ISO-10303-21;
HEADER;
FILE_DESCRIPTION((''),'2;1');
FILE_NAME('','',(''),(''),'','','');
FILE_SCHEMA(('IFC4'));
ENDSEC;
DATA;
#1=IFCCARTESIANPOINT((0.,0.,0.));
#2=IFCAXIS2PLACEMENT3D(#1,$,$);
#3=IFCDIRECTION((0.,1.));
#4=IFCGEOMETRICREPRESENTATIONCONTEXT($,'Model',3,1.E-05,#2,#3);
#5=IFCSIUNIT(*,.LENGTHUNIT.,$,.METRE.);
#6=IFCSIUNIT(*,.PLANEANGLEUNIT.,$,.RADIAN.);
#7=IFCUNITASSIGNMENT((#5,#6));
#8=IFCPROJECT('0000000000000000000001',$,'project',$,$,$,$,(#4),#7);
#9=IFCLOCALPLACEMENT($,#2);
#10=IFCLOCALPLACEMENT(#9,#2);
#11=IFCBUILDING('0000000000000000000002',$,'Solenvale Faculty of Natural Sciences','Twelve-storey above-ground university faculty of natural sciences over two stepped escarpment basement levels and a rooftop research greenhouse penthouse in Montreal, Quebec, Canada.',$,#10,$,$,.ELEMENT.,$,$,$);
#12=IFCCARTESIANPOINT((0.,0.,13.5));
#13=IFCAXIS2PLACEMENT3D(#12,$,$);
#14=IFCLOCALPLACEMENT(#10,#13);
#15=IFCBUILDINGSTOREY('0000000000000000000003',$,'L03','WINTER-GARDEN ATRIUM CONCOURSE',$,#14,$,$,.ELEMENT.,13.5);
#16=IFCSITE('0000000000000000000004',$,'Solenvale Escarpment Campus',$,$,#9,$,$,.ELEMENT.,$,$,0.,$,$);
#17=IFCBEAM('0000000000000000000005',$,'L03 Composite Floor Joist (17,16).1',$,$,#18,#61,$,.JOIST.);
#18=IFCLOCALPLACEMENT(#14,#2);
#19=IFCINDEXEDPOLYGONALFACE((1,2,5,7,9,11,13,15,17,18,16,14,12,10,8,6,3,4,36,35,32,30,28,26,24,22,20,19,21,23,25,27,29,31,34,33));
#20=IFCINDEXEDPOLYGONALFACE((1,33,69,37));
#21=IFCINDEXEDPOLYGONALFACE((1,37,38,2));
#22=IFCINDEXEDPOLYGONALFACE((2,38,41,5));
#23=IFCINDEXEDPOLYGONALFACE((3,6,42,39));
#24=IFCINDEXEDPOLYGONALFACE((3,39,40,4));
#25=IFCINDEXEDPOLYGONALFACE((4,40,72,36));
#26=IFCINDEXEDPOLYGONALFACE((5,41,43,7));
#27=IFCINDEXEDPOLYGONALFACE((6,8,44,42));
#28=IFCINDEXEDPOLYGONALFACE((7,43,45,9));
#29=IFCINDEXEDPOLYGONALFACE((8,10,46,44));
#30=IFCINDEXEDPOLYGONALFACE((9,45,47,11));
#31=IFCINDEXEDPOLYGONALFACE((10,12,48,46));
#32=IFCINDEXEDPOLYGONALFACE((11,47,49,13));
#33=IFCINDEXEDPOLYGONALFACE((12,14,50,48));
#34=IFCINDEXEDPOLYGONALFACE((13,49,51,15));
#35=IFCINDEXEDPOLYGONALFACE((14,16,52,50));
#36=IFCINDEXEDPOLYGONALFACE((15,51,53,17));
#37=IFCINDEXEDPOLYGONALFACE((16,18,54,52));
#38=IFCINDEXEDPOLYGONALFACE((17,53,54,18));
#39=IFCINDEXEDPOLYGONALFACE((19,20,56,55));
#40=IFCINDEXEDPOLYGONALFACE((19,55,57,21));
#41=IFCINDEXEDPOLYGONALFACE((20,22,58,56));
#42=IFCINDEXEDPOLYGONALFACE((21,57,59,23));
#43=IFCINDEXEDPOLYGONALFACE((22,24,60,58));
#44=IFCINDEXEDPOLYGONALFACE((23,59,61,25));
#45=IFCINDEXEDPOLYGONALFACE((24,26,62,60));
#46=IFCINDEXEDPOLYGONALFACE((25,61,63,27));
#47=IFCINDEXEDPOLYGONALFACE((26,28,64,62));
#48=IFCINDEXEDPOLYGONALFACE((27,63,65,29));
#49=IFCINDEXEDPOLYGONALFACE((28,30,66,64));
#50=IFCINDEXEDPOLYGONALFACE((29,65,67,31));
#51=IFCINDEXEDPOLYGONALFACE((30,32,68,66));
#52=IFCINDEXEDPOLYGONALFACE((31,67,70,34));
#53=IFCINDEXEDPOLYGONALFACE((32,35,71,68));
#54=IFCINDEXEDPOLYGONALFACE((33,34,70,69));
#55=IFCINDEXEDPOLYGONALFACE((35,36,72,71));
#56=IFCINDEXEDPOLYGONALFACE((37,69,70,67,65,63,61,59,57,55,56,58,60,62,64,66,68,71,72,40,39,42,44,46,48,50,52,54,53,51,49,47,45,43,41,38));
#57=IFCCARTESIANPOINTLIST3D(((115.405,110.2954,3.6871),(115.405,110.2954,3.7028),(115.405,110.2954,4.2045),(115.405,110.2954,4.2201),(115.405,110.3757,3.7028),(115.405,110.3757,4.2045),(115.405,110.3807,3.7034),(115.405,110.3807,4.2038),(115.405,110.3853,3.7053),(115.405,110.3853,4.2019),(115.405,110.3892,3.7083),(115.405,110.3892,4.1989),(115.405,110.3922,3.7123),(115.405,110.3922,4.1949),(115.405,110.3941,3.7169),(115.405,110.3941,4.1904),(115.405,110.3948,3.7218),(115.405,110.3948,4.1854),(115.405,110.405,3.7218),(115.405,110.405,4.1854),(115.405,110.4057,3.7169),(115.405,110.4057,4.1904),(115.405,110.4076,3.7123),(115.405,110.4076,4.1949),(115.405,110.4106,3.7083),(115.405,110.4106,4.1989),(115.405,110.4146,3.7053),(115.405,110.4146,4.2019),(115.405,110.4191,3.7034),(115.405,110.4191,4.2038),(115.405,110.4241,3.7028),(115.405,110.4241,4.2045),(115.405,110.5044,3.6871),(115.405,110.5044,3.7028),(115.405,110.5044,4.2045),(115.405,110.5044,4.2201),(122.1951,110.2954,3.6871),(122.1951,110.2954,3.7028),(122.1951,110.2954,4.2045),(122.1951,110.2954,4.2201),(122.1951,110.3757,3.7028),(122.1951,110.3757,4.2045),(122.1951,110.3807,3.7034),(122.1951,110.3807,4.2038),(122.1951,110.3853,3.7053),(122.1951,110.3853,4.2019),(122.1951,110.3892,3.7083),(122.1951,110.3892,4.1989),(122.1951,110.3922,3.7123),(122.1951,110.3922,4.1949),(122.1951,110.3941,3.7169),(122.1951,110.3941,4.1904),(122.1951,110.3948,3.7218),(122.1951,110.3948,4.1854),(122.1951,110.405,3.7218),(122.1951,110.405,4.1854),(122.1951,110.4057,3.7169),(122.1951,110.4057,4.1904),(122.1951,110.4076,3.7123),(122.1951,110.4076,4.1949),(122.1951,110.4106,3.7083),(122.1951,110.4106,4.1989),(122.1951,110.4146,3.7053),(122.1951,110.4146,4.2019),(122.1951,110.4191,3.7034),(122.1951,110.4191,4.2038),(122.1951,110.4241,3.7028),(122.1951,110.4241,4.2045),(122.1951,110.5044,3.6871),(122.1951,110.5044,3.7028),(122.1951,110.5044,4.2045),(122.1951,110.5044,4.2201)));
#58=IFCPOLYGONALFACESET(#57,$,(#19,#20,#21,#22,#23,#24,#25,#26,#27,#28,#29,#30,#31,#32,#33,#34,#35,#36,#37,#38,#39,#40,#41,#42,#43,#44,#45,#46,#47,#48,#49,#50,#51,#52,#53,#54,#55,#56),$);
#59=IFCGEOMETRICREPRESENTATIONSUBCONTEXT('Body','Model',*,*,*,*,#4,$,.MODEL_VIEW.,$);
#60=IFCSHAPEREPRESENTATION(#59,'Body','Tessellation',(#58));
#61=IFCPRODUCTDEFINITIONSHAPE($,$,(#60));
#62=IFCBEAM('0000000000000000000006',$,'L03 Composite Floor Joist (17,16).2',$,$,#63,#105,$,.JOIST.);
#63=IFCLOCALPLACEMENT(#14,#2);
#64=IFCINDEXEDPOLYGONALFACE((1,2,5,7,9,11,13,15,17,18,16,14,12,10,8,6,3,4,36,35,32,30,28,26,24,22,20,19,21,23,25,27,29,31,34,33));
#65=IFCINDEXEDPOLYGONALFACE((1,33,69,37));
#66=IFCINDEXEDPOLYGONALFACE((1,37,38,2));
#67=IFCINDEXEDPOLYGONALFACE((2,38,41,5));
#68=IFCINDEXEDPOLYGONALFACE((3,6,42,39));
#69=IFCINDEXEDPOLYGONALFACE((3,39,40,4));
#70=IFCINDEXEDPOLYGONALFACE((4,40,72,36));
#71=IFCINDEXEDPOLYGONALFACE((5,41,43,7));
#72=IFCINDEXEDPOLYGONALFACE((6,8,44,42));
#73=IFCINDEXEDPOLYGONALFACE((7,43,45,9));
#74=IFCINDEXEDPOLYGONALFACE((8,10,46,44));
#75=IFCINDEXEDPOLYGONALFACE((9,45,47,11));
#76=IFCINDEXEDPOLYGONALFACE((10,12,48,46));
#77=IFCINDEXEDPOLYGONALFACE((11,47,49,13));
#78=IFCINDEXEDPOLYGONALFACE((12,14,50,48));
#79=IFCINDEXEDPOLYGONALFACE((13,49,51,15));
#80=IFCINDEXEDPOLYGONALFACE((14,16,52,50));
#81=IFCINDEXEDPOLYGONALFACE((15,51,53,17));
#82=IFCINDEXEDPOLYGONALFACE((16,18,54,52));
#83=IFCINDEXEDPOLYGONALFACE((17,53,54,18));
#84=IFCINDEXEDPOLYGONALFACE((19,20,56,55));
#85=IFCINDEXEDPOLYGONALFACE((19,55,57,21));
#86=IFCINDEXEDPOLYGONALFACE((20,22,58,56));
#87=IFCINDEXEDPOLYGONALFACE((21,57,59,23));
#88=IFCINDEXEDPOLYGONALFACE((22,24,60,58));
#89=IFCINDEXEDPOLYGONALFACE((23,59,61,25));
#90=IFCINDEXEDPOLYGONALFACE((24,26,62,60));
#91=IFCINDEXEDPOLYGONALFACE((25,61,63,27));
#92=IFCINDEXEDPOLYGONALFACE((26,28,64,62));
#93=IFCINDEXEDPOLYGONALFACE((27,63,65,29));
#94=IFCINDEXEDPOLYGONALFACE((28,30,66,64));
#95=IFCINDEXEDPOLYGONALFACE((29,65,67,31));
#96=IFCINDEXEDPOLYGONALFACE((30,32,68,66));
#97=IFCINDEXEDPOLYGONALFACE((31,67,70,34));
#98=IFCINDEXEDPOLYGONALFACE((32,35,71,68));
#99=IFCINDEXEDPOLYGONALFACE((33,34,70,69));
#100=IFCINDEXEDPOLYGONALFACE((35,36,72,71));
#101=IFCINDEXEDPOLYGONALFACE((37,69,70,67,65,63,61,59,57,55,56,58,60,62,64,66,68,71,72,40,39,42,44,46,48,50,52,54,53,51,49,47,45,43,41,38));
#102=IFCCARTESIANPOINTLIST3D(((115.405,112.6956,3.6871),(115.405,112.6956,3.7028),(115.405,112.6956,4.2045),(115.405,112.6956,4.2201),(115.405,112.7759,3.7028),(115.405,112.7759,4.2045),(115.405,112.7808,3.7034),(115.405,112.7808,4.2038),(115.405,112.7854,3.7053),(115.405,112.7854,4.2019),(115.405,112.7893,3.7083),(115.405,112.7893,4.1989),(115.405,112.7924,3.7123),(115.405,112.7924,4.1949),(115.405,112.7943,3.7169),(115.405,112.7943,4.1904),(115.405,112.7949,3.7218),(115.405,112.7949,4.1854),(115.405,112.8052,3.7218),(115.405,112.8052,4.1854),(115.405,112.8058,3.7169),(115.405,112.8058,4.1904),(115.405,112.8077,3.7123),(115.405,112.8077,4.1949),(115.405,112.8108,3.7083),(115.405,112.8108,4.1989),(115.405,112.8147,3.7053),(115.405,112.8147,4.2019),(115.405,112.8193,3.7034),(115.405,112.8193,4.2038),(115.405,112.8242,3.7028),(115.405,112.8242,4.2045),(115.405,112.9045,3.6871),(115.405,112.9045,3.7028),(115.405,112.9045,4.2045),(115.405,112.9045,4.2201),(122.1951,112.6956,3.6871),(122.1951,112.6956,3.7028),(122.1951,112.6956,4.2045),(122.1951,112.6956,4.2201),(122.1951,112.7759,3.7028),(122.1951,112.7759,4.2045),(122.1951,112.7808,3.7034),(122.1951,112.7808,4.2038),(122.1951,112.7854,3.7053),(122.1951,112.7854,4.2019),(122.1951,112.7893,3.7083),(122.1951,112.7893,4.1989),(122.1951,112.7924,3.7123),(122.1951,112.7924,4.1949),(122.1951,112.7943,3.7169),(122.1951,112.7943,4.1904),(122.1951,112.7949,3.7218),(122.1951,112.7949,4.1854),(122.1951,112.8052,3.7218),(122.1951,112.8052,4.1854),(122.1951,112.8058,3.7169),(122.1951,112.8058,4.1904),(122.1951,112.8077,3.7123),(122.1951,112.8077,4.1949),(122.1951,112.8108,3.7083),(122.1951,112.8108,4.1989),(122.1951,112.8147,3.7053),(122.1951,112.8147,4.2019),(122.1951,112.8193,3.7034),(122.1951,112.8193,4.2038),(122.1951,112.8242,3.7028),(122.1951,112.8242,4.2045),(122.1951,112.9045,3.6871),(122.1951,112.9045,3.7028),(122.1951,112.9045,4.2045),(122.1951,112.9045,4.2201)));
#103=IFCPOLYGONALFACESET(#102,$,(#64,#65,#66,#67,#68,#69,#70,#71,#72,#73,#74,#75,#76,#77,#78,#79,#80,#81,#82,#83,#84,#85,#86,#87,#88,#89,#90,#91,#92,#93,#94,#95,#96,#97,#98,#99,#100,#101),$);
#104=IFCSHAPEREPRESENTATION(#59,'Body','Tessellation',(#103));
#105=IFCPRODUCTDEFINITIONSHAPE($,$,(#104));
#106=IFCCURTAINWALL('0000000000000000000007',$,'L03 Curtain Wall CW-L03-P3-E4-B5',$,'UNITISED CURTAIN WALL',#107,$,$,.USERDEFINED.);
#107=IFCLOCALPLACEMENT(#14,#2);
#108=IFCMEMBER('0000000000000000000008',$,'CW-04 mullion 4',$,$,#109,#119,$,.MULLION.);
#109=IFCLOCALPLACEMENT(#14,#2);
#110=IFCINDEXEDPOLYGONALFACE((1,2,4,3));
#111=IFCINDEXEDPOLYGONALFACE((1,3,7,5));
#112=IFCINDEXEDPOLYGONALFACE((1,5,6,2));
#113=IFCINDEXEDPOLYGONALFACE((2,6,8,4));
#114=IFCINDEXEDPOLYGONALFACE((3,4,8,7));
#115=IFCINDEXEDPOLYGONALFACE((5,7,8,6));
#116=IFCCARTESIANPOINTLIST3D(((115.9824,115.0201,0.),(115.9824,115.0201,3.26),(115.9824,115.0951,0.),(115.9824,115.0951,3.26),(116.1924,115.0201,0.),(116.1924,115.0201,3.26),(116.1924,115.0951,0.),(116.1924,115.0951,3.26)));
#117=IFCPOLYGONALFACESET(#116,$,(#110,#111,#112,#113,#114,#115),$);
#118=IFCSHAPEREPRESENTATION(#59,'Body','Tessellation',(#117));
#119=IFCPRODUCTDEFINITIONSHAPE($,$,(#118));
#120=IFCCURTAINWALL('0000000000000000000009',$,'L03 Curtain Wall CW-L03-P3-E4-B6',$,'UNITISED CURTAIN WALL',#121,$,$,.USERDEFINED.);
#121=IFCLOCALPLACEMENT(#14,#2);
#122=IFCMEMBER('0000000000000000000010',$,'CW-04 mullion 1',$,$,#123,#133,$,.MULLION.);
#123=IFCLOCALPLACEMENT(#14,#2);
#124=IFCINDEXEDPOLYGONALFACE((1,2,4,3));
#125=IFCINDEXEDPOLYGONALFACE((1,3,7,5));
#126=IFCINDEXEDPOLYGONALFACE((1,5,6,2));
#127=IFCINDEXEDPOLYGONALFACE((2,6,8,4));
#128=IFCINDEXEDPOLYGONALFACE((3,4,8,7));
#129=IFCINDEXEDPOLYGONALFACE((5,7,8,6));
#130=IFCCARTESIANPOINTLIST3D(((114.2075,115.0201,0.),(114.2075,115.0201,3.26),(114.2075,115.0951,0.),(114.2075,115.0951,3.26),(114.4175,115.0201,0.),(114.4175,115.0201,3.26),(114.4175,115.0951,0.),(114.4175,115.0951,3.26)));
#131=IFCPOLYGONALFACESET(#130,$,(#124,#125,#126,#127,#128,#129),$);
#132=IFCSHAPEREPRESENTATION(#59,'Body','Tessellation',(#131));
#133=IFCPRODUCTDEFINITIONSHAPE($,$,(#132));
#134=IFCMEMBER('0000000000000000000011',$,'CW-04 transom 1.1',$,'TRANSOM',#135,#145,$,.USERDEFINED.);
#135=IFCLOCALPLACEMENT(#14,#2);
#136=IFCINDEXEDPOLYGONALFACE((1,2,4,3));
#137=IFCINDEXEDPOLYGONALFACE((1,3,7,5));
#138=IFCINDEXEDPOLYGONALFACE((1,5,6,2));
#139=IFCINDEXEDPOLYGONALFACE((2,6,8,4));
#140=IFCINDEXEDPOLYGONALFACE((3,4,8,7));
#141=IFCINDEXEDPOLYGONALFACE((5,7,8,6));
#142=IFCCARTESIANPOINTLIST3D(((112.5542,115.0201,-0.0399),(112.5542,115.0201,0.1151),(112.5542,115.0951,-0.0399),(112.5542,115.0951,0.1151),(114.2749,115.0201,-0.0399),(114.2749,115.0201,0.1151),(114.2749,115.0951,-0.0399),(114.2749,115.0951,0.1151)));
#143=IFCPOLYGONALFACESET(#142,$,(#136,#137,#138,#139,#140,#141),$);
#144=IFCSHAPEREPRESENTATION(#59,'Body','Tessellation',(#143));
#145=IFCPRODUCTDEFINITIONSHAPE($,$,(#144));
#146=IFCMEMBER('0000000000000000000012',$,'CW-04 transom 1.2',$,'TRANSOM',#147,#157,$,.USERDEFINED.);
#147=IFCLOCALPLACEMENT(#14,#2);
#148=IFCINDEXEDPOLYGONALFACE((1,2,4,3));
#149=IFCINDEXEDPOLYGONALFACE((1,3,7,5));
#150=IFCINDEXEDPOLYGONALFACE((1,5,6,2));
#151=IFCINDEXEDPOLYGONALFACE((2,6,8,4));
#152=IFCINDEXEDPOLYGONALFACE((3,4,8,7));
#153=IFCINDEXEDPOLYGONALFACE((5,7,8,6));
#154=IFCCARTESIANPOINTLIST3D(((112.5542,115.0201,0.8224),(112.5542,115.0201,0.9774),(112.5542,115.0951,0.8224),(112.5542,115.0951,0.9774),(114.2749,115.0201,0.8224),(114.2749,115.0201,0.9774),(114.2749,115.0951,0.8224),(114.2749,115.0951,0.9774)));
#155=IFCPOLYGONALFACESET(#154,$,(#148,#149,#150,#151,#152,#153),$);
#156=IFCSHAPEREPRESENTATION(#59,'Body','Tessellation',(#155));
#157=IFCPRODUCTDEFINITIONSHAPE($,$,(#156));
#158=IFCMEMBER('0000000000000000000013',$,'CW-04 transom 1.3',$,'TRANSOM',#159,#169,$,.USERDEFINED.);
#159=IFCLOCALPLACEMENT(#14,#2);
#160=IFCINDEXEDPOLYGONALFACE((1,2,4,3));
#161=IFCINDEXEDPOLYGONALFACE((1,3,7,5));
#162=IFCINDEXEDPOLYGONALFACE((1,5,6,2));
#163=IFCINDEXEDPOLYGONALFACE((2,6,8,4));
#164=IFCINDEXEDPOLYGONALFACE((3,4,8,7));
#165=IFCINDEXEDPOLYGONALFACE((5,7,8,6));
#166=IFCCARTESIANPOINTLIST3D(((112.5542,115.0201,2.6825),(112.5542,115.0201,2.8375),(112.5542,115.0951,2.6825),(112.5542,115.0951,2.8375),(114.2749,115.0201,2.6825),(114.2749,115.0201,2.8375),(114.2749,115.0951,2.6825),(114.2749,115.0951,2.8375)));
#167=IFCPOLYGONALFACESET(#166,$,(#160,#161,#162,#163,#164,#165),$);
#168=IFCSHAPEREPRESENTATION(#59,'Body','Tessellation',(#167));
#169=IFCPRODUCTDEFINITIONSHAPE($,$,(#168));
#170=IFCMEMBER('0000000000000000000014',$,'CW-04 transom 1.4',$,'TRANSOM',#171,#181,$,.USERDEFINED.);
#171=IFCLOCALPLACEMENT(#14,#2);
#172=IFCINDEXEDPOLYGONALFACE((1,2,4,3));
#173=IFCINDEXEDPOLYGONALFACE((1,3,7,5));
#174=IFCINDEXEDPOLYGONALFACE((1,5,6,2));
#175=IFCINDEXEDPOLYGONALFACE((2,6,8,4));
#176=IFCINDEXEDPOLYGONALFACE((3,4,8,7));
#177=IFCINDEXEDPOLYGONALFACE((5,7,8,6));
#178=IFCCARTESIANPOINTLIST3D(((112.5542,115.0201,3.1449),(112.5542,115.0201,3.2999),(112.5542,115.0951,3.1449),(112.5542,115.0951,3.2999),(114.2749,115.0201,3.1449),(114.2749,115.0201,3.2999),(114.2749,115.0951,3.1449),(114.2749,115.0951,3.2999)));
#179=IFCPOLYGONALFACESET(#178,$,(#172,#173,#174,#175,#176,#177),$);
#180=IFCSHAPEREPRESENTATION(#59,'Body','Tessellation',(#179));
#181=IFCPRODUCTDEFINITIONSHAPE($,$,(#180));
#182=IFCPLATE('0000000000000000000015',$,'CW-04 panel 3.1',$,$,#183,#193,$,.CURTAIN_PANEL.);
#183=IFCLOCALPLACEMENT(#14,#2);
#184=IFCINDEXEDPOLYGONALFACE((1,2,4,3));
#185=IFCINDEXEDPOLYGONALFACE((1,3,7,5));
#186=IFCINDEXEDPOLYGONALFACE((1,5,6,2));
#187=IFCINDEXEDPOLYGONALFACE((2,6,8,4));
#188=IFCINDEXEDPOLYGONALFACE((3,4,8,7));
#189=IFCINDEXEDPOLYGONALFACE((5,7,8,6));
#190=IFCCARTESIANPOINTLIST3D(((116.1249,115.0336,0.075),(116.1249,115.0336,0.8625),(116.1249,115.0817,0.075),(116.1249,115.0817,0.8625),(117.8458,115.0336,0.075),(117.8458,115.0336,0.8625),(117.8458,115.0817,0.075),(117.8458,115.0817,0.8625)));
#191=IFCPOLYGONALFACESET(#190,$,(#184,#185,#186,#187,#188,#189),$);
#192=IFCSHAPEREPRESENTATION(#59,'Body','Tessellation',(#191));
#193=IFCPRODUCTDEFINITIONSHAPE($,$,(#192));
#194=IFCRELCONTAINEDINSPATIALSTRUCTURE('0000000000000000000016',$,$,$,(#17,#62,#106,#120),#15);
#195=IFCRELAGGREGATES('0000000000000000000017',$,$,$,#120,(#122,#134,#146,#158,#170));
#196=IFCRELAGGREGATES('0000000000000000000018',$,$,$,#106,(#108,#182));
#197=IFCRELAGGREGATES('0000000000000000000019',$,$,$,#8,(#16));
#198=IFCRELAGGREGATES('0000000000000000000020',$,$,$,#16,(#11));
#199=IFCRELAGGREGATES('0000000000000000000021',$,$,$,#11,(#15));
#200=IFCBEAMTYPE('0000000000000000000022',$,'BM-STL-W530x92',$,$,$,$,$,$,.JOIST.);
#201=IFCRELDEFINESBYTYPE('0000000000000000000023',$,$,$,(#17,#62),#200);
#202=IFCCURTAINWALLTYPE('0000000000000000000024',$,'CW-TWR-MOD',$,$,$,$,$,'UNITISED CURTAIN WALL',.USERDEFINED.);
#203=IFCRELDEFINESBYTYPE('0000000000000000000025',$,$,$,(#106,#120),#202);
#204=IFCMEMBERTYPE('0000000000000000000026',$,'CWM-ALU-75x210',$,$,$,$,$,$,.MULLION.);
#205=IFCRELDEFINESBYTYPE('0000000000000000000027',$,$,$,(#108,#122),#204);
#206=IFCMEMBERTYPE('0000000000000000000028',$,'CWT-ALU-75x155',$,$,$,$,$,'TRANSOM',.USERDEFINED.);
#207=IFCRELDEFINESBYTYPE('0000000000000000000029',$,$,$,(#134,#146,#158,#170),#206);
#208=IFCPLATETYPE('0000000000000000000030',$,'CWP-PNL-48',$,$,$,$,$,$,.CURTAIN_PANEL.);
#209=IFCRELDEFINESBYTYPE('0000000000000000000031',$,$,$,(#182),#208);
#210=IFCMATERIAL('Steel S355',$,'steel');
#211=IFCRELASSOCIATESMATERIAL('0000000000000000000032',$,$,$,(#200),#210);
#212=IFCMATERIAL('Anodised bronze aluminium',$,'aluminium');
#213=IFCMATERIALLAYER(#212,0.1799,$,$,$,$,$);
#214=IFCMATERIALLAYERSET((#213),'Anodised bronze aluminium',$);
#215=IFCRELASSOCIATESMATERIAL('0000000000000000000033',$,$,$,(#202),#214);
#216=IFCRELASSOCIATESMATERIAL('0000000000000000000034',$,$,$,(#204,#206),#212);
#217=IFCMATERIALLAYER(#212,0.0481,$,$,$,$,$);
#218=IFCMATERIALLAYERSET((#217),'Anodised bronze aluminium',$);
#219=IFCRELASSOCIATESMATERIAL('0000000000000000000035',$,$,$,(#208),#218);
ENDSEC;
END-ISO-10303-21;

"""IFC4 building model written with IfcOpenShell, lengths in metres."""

from ifc_helpers import new_model, si_unit, direction, frame, origin, origin_2d, place, context, subcontext, project, spatial, rectangle, i_section, extrude, material, layer, layer_set, material_profile, profile_set, type_object, element, aggregate, save


model = new_model("IFC4")

# Units and contexts
model_context = context("Model", 3, precision=1e-05, world=origin(), true_north=direction((0.0, 1.0)))
body_context = subcontext(model_context, "Body", "Model", "MODEL_VIEW")
ifc_project = project(units=[si_unit("LENGTHUNIT", "METRE"), si_unit("PLANEANGLEUNIT", "RADIAN")], contexts=[model_context])

# Site, building, storey
site_placement = place(None, origin())
site = spatial("IfcSite", under=ifc_project, at=site_placement, Name="Solenvale Escarpment Campus", CompositionType="ELEMENT", RefElevation=0.0)
building_placement = place(site_placement, origin())
building = spatial("IfcBuilding", under=site, at=building_placement, Name="Solenvale Faculty of Natural Sciences", Description="Twelve-storey above-ground university faculty of natural sciences over two stepped escarpment basement levels and a rooftop research greenhouse penthouse in Montreal, Quebec, Canada.", CompositionType="ELEMENT")
storey_placement = place(building_placement, frame((0.0, 0.0, 13.5)))
storey = spatial("IfcBuildingStorey", under=building, at=storey_placement, Name="L03", Description="WINTER-GARDEN ATRIUM CONCOURSE", CompositionType="ELEMENT", Elevation=13.5)

# Beams
ifc_material_1 = material(Name="Steel S355", Category="steel")
ifc_material_profile_1 = material_profile(ifc_material_1, i_section(OverallWidth=0.209, OverallDepth=0.533, WebThickness=0.0103, FlangeThickness=0.0156, FilletRadius=0.019, at=origin_2d()), Name="W530x92")
ifc_profile_set_1 = profile_set([ifc_material_profile_1], Name="Steel S355")
beam_type_1 = type_object("IfcBeamType", Name="BM-STL-W530x92", PredefinedType="JOIST", material=ifc_profile_set_1)
for number, where, z_axis, x_axis, name in (
    (1, (115.405, 110.3999, 3.9536), (1.0, 0.0, 0.0), (0.0, 1.0, 0.0), "L03 Composite Floor Joist (17,16).1"),
    (2, (115.405, 112.8, 3.9536), (1.0, 0.0, 0.0), (0.0, 1.0, 0.0), "L03 Composite Floor Joist (17,16).2"),
):
    element("IfcBeam", number, at=place(storey_placement, frame(where, z_axis=z_axis, x_axis=x_axis)), inside=storey, type_object=beam_type_1, Name=name, PredefinedType="JOIST", context=body_context, shape_type="SweptSolid", body=[
        extrude(i_section(OverallWidth=0.209, OverallDepth=0.533, WebThickness=0.0103, FlangeThickness=0.0156, FilletRadius=0.019, at=origin_2d()), origin(), (0.0, 0.0, 1.0), 6.79),
    ])

# Curtain wall, member
ifc_material_2 = material(Name="Anodised bronze aluminium", Category="aluminium")
ifc_layer_1 = layer(ifc_material_2, 0.1799)
ifc_layer_set_1 = layer_set([ifc_layer_1], Name="Anodised bronze aluminium")
curtain_wall_type = type_object("IfcCurtainWallType", Name="CW-TWR-MOD", ElementType="UNITISED CURTAIN WALL", PredefinedType="USERDEFINED", material=ifc_layer_set_1)
curtain_wall_1_placement = place(storey_placement, origin())
curtain_wall_1 = element("IfcCurtainWall", 3, at=curtain_wall_1_placement, inside=storey, type_object=curtain_wall_type, Name="L03 Curtain Wall CW-L03-P3-E4-B5", ObjectType="UNITISED CURTAIN WALL", PredefinedType="USERDEFINED")
ifc_material_profile_2 = material_profile(ifc_material_2, rectangle(XDim=0.075, YDim=0.21, at=origin_2d()), Name="ALU-MUL-75x210")
ifc_profile_set_2 = profile_set([ifc_material_profile_2], Name="Anodised bronze aluminium")
member_type_1 = type_object("IfcMemberType", Name="CWM-ALU-75x210", PredefinedType="MULLION", material=ifc_profile_set_2)
member_1_placement = place(storey_placement, frame((116.0874, 115.0576, 0.0), z_axis=(0.0, 0.0, 1.0), x_axis=(0.0, -1.0, 0.0)))
member_1 = element("IfcMember", 4, at=member_1_placement, type_object=member_type_1, Name="CW-04 mullion 4", PredefinedType="MULLION", context=body_context, shape_type="SweptSolid", body=[
    extrude(rectangle(XDim=0.075, YDim=0.21, at=origin_2d()), origin(), (0.0, 0.0, 1.0), 3.26),
])

# Curtain wall, members
curtain_wall_2_placement = place(storey_placement, origin())
curtain_wall_2 = element("IfcCurtainWall", 5, at=curtain_wall_2_placement, inside=storey, type_object=curtain_wall_type, Name="L03 Curtain Wall CW-L03-P3-E4-B6", ObjectType="UNITISED CURTAIN WALL", PredefinedType="USERDEFINED")
member_2_placement = place(storey_placement, frame((114.3125, 115.0576, 0.0), z_axis=(0.0, 0.0, 1.0), x_axis=(0.0, -1.0, 0.0)))
member_2 = element("IfcMember", 6, at=member_2_placement, type_object=member_type_1, Name="CW-04 mullion 1", PredefinedType="MULLION", context=body_context, shape_type="SweptSolid", body=[
    extrude(rectangle(XDim=0.075, YDim=0.21, at=origin_2d()), origin(), (0.0, 0.0, 1.0), 3.26),
])
ifc_material_profile_3 = material_profile(ifc_material_2, rectangle(XDim=0.075, YDim=0.155, at=origin_2d()), Name="ALU-TRN-75x155")
ifc_profile_set_3 = profile_set([ifc_material_profile_3], Name="Anodised bronze aluminium")
member_type_2 = type_object("IfcMemberType", Name="CWT-ALU-75x155", ElementType="TRANSOM", PredefinedType="USERDEFINED", material=ifc_profile_set_3)
member_3_placement = place(storey_placement, frame((114.2749, 115.0576, 0.0376), z_axis=(-1.0, 0.0, 0.0), x_axis=(0.0, -1.0, 0.0)))
member_3 = element("IfcMember", 7, at=member_3_placement, type_object=member_type_2, Name="CW-04 transom 1.1", ObjectType="TRANSOM", PredefinedType="USERDEFINED", context=body_context, shape_type="SweptSolid", body=[
    extrude(rectangle(XDim=0.075, YDim=0.155, at=origin_2d()), origin(), (0.0, 0.0, 1.0), 1.7207),
])
member_4_placement = place(storey_placement, frame((114.2749, 115.0576, 0.8999), z_axis=(-1.0, 0.0, 0.0), x_axis=(0.0, -1.0, 0.0)))
member_4 = element("IfcMember", 8, at=member_4_placement, type_object=member_type_2, Name="CW-04 transom 1.2", ObjectType="TRANSOM", PredefinedType="USERDEFINED", context=body_context, shape_type="SweptSolid", body=[
    extrude(rectangle(XDim=0.075, YDim=0.155, at=origin_2d()), origin(), (0.0, 0.0, 1.0), 1.7207),
])
member_5_placement = place(storey_placement, frame((114.2749, 115.0576, 2.76), z_axis=(-1.0, 0.0, 0.0), x_axis=(0.0, -1.0, 0.0)))
member_5 = element("IfcMember", 9, at=member_5_placement, type_object=member_type_2, Name="CW-04 transom 1.3", ObjectType="TRANSOM", PredefinedType="USERDEFINED", context=body_context, shape_type="SweptSolid", body=[
    extrude(rectangle(XDim=0.075, YDim=0.155, at=origin_2d()), origin(), (0.0, 0.0, 1.0), 1.7207),
])
member_6_placement = place(storey_placement, frame((114.2749, 115.0576, 3.2224), z_axis=(-1.0, 0.0, 0.0), x_axis=(0.0, -1.0, 0.0)))
member_6 = element("IfcMember", 10, at=member_6_placement, type_object=member_type_2, Name="CW-04 transom 1.4", ObjectType="TRANSOM", PredefinedType="USERDEFINED", context=body_context, shape_type="SweptSolid", body=[
    extrude(rectangle(XDim=0.075, YDim=0.155, at=origin_2d()), origin(), (0.0, 0.0, 1.0), 1.7207),
])
aggregate(curtain_wall_2, [member_2, member_3, member_4, member_5, member_6])

# Plate
ifc_layer_2 = layer(ifc_material_2, 0.0481)
ifc_layer_set_2 = layer_set([ifc_layer_2], Name="Anodised bronze aluminium")
plate_type = type_object("IfcPlateType", Name="CWP-PNL-48", PredefinedType="CURTAIN_PANEL", material=ifc_layer_set_2)
plate_1_placement = place(storey_placement, frame((116.9854, 115.0576, 0.075), z_axis=(0.0, 0.0, 1.0), x_axis=(-1.0, 0.0, 0.0)))
plate_1 = element("IfcPlate", 11, at=plate_1_placement, type_object=plate_type, Name="CW-04 panel 3.1", PredefinedType="CURTAIN_PANEL", context=body_context, shape_type="SweptSolid", body=[
    extrude(rectangle(XDim=1.7209, YDim=0.0481, at=origin_2d()), origin(), (0.0, 0.0, 1.0), 0.7876),
])
aggregate(curtain_wall_1, [member_1, plate_1])

save(model, "model.ifc")
